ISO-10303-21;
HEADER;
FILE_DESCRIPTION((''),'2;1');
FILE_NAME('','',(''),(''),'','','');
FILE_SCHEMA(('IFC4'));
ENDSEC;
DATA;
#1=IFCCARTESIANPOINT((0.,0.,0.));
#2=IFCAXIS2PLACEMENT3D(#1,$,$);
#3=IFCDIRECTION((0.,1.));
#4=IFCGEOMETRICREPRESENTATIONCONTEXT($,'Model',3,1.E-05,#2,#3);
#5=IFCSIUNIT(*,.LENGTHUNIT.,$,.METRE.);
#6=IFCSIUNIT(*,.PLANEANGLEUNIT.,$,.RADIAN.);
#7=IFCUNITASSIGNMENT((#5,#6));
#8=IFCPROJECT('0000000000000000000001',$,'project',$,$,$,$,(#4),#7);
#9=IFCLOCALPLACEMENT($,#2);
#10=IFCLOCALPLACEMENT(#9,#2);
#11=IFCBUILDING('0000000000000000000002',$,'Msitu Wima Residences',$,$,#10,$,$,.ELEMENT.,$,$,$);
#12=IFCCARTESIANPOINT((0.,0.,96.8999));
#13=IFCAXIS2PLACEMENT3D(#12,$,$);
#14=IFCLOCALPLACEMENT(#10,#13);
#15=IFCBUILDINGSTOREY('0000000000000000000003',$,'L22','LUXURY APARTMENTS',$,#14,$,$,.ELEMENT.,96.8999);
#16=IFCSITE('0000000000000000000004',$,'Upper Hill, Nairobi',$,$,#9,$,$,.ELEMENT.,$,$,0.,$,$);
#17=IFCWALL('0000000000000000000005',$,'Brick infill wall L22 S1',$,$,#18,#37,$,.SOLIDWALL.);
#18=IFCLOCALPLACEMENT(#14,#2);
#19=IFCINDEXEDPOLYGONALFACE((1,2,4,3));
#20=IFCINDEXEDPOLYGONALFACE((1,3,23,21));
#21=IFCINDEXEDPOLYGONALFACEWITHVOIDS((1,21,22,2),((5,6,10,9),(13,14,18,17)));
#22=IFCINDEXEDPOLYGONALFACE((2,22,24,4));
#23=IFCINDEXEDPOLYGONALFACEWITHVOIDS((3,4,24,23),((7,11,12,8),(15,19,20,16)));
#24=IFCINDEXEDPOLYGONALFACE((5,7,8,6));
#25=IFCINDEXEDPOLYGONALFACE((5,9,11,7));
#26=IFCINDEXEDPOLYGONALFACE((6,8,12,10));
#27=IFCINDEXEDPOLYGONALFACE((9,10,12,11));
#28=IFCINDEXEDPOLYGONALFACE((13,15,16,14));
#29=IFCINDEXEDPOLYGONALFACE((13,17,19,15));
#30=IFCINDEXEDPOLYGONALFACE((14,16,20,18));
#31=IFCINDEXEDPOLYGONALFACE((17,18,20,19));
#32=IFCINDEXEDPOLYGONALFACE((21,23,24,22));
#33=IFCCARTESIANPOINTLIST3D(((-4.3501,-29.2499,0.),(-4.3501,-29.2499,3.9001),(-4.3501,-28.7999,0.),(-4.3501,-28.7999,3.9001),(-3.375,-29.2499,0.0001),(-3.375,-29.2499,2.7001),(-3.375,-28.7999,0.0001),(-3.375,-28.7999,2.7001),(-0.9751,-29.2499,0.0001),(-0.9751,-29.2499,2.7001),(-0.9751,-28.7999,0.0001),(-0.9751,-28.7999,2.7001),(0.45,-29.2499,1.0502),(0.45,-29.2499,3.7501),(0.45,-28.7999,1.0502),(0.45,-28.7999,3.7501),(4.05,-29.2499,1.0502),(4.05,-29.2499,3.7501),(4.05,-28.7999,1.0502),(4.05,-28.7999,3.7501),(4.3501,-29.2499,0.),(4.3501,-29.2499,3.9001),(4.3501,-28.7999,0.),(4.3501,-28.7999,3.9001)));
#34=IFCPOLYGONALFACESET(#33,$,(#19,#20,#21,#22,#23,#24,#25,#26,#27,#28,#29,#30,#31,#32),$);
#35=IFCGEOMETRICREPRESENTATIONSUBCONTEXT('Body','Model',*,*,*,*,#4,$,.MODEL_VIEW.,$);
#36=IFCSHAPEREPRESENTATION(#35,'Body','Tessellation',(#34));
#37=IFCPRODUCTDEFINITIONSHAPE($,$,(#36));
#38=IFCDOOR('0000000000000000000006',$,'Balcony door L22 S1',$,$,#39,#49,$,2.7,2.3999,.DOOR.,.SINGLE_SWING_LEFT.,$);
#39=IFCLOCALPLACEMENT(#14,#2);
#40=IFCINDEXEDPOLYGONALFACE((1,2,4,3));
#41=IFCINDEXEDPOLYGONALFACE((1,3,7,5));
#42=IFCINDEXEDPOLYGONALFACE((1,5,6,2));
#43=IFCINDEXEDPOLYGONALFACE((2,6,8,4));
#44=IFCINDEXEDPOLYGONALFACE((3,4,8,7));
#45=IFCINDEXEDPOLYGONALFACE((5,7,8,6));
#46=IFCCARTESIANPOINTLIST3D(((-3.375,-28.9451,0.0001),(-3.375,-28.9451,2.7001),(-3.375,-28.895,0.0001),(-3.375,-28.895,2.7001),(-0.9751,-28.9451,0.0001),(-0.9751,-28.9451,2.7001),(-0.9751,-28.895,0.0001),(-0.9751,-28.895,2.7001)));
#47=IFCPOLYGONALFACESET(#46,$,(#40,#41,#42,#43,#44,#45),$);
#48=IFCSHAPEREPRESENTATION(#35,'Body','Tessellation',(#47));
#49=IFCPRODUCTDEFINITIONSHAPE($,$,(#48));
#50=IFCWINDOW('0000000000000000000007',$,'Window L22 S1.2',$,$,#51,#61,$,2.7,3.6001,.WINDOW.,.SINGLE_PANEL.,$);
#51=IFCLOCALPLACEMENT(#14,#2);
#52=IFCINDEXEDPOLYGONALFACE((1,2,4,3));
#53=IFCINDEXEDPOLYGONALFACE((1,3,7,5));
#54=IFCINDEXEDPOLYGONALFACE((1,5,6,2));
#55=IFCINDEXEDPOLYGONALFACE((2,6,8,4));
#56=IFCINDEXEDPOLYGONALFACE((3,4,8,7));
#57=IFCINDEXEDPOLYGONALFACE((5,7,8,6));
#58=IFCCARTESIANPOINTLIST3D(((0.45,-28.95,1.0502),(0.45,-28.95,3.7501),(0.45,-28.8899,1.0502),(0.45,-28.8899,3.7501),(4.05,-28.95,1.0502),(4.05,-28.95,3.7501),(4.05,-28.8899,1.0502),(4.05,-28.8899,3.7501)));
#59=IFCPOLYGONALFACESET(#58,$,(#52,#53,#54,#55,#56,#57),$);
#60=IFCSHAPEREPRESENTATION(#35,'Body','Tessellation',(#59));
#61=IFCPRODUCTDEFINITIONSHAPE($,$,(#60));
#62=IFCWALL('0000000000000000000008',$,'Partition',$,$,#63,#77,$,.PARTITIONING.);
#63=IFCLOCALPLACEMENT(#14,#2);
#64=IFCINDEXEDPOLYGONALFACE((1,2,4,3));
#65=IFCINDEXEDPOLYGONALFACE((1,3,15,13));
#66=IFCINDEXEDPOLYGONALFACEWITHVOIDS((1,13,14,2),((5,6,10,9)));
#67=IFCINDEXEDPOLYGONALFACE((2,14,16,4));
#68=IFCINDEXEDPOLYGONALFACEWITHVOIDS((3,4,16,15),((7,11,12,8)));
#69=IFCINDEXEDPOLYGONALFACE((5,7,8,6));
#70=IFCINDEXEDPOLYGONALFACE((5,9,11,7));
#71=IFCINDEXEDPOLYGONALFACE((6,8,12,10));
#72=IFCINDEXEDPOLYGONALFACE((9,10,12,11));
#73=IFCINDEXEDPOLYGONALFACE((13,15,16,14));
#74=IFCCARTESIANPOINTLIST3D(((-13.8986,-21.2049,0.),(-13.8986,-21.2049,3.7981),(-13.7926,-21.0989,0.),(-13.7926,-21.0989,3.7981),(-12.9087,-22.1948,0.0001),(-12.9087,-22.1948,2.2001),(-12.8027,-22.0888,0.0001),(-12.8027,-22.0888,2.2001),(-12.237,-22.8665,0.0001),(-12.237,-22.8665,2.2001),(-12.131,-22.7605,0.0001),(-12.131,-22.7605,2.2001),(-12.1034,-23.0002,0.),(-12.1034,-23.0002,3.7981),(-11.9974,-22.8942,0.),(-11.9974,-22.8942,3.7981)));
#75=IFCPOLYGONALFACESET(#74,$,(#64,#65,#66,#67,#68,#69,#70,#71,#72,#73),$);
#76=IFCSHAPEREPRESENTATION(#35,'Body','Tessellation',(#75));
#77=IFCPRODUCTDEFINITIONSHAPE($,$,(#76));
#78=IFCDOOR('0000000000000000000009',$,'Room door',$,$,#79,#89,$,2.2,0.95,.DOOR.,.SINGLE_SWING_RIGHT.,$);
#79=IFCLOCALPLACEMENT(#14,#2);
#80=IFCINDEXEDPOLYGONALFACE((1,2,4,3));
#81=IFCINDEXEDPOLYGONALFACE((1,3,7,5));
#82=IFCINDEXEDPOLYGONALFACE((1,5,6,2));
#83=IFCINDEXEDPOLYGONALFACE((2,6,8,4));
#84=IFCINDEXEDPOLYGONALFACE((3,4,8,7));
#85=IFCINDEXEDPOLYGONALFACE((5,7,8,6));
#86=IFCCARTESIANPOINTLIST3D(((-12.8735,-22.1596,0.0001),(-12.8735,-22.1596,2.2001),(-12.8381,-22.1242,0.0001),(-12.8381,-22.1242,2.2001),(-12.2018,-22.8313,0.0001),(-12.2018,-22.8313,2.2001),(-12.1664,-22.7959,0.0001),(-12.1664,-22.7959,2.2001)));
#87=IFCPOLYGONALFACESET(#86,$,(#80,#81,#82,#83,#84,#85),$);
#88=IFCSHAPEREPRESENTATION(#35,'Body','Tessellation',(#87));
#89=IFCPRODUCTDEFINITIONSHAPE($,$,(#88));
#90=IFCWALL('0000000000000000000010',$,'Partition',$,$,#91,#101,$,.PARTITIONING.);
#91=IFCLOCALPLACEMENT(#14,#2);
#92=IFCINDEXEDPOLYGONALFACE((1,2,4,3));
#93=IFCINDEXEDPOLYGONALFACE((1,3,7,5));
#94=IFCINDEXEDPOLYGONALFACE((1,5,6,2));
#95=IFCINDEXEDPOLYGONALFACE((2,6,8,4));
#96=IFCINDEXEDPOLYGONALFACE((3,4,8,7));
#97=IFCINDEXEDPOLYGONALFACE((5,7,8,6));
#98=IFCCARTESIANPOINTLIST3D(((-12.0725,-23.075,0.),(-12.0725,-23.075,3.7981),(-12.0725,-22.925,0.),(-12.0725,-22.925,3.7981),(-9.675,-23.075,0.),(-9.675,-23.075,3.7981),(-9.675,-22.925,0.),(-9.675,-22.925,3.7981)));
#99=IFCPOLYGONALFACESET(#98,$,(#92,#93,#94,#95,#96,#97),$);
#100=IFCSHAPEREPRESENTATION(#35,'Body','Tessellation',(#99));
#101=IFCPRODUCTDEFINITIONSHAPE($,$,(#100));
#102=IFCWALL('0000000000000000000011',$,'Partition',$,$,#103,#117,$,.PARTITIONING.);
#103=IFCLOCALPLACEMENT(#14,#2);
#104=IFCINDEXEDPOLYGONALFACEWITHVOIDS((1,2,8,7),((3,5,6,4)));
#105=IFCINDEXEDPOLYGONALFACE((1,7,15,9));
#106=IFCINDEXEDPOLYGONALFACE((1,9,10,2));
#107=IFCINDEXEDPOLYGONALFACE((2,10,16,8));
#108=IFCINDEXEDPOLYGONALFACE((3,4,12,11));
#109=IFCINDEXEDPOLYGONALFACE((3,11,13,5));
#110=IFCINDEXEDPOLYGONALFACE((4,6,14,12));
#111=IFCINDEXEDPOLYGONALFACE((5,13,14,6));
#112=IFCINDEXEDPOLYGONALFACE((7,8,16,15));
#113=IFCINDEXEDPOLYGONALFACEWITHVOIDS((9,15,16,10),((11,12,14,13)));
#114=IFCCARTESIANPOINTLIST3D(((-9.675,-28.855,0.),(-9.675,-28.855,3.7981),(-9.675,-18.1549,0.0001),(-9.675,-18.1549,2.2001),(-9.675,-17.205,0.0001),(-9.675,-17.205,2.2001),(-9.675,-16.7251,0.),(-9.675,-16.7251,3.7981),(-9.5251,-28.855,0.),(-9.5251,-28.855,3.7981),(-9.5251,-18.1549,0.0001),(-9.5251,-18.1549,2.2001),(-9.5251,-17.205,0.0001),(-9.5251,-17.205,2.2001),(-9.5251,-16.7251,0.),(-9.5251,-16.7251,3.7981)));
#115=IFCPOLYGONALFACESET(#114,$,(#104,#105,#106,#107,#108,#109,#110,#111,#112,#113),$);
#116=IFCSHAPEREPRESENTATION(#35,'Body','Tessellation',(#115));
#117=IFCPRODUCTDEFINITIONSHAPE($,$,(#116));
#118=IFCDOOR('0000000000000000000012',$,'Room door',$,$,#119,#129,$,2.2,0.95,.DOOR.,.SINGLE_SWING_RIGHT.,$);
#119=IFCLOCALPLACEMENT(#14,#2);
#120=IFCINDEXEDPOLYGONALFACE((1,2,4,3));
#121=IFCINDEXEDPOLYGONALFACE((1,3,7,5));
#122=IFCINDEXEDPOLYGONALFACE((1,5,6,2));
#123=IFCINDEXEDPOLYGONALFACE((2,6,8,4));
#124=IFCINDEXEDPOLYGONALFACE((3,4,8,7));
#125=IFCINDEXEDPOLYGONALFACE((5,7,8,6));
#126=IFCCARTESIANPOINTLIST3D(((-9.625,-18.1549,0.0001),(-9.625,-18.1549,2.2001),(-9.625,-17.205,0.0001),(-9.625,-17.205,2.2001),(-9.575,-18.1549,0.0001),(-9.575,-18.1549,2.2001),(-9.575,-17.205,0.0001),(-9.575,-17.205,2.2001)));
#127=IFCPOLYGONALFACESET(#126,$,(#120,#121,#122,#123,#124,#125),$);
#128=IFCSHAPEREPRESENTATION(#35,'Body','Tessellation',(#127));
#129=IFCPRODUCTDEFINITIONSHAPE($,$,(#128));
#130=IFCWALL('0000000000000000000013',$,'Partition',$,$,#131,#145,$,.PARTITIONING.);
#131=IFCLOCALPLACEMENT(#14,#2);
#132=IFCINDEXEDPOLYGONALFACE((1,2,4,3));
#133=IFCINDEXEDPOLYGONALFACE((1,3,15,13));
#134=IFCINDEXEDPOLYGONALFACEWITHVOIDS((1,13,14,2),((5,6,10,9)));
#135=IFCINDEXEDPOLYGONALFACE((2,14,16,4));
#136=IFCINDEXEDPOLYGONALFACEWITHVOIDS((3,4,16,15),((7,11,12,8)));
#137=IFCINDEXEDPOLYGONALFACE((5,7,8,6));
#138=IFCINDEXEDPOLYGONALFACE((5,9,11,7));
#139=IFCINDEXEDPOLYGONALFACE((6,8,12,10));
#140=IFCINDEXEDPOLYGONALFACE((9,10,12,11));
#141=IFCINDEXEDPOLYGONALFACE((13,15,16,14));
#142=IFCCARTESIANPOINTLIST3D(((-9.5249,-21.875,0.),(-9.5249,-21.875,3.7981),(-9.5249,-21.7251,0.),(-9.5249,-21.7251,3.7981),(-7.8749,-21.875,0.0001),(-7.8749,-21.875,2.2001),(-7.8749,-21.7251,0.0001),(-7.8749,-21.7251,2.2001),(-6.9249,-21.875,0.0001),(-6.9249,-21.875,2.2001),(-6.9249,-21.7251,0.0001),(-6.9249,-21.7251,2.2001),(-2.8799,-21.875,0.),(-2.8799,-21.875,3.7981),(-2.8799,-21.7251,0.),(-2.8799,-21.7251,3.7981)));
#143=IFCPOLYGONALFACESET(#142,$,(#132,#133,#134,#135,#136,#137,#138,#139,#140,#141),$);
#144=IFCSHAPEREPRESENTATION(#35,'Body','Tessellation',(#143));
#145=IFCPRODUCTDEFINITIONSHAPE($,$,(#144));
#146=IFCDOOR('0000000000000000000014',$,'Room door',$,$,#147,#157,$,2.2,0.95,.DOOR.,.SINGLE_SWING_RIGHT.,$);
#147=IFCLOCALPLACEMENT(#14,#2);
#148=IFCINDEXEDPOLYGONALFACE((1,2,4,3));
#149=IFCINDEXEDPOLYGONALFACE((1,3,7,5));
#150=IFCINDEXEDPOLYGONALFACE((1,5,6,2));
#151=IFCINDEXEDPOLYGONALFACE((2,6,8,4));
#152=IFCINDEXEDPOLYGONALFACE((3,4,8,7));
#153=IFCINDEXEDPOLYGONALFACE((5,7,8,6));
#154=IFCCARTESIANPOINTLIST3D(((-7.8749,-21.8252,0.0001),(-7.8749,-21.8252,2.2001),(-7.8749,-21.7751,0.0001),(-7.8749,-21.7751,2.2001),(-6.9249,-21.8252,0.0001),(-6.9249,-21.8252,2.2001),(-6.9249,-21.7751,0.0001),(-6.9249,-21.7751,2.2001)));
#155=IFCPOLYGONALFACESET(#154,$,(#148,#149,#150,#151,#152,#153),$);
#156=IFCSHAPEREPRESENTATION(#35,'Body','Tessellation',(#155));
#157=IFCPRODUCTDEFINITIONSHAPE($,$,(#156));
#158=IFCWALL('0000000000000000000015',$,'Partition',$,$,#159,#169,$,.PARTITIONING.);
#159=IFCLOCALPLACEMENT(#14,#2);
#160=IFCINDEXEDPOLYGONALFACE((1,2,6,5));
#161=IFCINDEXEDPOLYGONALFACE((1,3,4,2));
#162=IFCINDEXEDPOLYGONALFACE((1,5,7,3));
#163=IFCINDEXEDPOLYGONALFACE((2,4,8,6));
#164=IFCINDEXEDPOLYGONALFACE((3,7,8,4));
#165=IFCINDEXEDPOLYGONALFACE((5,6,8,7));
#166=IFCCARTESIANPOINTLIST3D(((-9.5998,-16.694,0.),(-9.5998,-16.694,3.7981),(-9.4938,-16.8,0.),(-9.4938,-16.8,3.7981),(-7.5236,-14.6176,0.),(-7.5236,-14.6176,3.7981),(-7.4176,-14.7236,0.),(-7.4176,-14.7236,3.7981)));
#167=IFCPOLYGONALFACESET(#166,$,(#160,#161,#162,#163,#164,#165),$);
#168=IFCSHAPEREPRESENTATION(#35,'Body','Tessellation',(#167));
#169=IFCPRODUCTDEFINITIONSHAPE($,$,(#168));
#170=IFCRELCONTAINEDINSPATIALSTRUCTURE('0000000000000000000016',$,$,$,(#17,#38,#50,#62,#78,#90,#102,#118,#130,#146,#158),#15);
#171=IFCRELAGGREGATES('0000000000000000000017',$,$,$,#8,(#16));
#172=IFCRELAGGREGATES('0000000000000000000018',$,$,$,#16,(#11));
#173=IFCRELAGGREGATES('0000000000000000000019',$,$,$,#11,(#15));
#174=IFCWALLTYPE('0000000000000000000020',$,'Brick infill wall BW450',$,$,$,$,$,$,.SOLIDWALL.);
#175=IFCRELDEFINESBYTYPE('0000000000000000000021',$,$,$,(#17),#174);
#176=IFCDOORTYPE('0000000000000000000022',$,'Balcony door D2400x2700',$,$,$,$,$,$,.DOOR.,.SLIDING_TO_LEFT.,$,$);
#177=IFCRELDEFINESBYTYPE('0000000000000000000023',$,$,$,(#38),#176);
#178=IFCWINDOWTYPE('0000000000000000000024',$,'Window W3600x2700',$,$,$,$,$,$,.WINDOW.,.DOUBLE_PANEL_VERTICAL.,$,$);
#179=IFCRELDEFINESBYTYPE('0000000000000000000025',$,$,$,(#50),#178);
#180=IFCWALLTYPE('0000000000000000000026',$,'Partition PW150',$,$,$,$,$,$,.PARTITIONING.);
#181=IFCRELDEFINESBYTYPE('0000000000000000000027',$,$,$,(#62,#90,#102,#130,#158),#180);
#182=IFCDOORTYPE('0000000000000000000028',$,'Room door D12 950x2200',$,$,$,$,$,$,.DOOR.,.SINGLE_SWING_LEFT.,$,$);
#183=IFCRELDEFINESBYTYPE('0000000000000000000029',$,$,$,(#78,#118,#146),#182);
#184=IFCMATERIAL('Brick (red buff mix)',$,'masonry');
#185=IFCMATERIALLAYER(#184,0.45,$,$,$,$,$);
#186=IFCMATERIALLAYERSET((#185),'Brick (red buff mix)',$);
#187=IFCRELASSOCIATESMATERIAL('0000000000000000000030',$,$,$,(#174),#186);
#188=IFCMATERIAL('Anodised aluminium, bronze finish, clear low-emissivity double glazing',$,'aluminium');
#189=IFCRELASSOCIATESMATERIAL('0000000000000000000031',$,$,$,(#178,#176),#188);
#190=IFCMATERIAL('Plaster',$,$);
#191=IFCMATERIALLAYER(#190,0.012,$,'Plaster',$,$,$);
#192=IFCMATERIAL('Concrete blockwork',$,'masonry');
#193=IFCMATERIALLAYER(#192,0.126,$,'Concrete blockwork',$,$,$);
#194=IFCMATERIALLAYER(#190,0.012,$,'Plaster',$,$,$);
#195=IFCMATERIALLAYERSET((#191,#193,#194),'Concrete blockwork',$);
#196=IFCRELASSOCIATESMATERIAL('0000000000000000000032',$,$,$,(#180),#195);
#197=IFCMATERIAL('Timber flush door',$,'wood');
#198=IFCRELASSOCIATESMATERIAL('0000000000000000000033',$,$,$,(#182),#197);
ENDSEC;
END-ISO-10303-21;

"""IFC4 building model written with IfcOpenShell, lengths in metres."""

from ifc_helpers import new_model, si_unit, direction, frame, frame_2d, origin, place, context, subcontext, project, spatial, rectangle, extrude, material, layer, layer_set, type_object, element, fill, save


model = new_model("IFC4")

# Units and contexts
model_context = context("Model", 3, precision=1e-05, world=origin(), true_north=direction((0.0, 1.0)))
body_context = subcontext(model_context, "Body", "Model", "MODEL_VIEW")
ifc_project = project(units=[si_unit("LENGTHUNIT", "METRE"), si_unit("PLANEANGLEUNIT", "RADIAN")], contexts=[model_context])

# Site, building, storey
site_placement = place(None, origin())
site = spatial("IfcSite", under=ifc_project, at=site_placement, Name="Upper Hill, Nairobi", CompositionType="ELEMENT", RefElevation=0.0)
building_placement = place(site_placement, origin())
building = spatial("IfcBuilding", under=site, at=building_placement, Name="Msitu Wima Residences", CompositionType="ELEMENT")
storey_placement = place(building_placement, frame((0.0, 0.0, 96.8999)))
storey = spatial("IfcBuildingStorey", under=building, at=storey_placement, Name="L22", Description="LUXURY APARTMENTS", CompositionType="ELEMENT", Elevation=96.8999)

# Shared definitions
ifc_material_1 = material(Name="Brick (red buff mix)", Category="masonry")
ifc_layer_1 = layer(ifc_material_1, 0.45)
ifc_layer_set_1 = layer_set([ifc_layer_1], Name="Brick (red buff mix)")
wall_type_1 = type_object("IfcWallType", Name="Brick infill wall BW450", PredefinedType="SOLIDWALL", material=ifc_layer_set_1)
ifc_material_2 = material(Name="Anodised aluminium, bronze finish, clear low-emissivity double glazing", Category="aluminium")
window_type = type_object("IfcWindowType", Name="Window W3600x2700", PartitioningType="DOUBLE_PANEL_VERTICAL", PredefinedType="WINDOW", material=ifc_material_2)

# Wall, openings, door, window
wall_1_placement = place(storey_placement, frame((-4.3501, -29.0249, 0.0), z_axis=(0.0, 0.0, 1.0), x_axis=(1.0, 0.0, 0.0)))
wall_1 = element("IfcWall", 1, at=wall_1_placement, inside=storey, type_object=wall_type_1, Name="Brick infill wall L22 S1", PredefinedType="SOLIDWALL", context=body_context, shape_type="SweptSolid", body=[
    extrude(rectangle(XDim=8.7002, YDim=0.45, at=frame_2d((4.3501, 0.0))), origin(), (0.0, 0.0, 1.0), 3.9001),
])
opening_1_placement = place(wall_1_placement, frame((0.9751, 0.0, 0.0)))
opening_1 = element("IfcOpeningElement", 2, at=opening_1_placement, cuts=wall_1, PredefinedType="OPENING", context=body_context, shape_type="SweptSolid", body=[
    extrude(rectangle(XDim=2.3999, YDim=2.7, at=frame_2d((1.2, 1.3501))), frame((0.0, 0.2349, 0.0), z_axis=(0.0, -1.0, 0.0), x_axis=(1.0, 0.0, 0.0)), (0.0, 0.0, 1.0), 0.47),
])
opening_2_placement = place(wall_1_placement, frame((4.8, 0.0, 1.05)))
opening_2 = element("IfcOpeningElement", 3, at=opening_2_placement, cuts=wall_1, PredefinedType="OPENING", context=body_context, shape_type="SweptSolid", body=[
    extrude(rectangle(XDim=3.6001, YDim=2.7, at=frame_2d((1.8, 1.3501))), frame((0.0, 0.2349, 0.0), z_axis=(0.0, -1.0, 0.0), x_axis=(1.0, 0.0, 0.0)), (0.0, 0.0, 1.0), 0.47),
])
door_type_1 = type_object("IfcDoorType", Name="Balcony door D2400x2700", OperationType="SLIDING_TO_LEFT", PredefinedType="DOOR", material=ifc_material_2)
door_1_placement = place(opening_1_placement, origin())
door_1 = element("IfcDoor", 4, at=door_1_placement, inside=storey, type_object=door_type_1, Name="Balcony door L22 S1", OperationType="SINGLE_SWING_LEFT", OverallHeight=2.7, OverallWidth=2.3999, PredefinedType="DOOR", context=body_context, shape_type="SweptSolid", body=[
    extrude(rectangle(XDim=2.3999, YDim=2.7, at=frame_2d((1.2, 1.3501))), frame((0.0, 0.1299, 0.0), z_axis=(0.0, -1.0, 0.0), x_axis=(1.0, 0.0, 0.0)), (0.0, 0.0, 1.0), 0.05),
])
fill(opening_1, door_1)
window_1_placement = place(opening_2_placement, origin())
window_1 = element("IfcWindow", 5, at=window_1_placement, inside=storey, type_object=window_type, Name="Window L22 S1.2", OverallHeight=2.7, OverallWidth=3.6001, PartitioningType="SINGLE_PANEL", PredefinedType="WINDOW", context=body_context, shape_type="SweptSolid", body=[
    extrude(rectangle(XDim=3.6001, YDim=2.7, at=frame_2d((1.8, 1.3501))), frame((0.0, 0.135, 0.0), z_axis=(0.0, -1.0, 0.0), x_axis=(1.0, 0.0, 0.0)), (0.0, 0.0, 1.0), 0.0601),
])
fill(opening_2, window_1)

# Wall, opening, door
ifc_material_3 = material(Name="Plaster")
ifc_layer_2 = layer(ifc_material_3, 0.012, Name="Plaster")
ifc_material_4 = material(Name="Concrete blockwork", Category="masonry")
ifc_layer_3 = layer(ifc_material_4, 0.126, Name="Concrete blockwork")
ifc_layer_4 = layer(ifc_material_3, 0.012, Name="Plaster")
ifc_layer_set_2 = layer_set([ifc_layer_2, ifc_layer_3, ifc_layer_4], Name="Concrete blockwork")
wall_type_2 = type_object("IfcWallType", Name="Partition PW150", PredefinedType="PARTITIONING", material=ifc_layer_set_2)
wall_2_placement = place(storey_placement, frame((-13.8457, -21.1519, 0.0), z_axis=(0.0, 0.0, 1.0), x_axis=(0.707107, -0.707107, 0.0)))
wall_2 = element("IfcWall", 6, at=wall_2_placement, inside=storey, type_object=wall_type_2, Name="Partition", PredefinedType="PARTITIONING", context=body_context, shape_type="SweptSolid", body=[
    extrude(rectangle(XDim=2.5388, YDim=0.1499, at=frame_2d((1.2695, 0.0))), origin(), (0.0, 0.0, 1.0), 3.7981),
])
opening_3_placement = place(wall_2_placement, frame((1.3999, 0.0, 0.0)))
opening_3 = element("IfcOpeningElement", 7, at=opening_3_placement, cuts=wall_2, PredefinedType="OPENING", context=body_context, shape_type="SweptSolid", body=[
    extrude(rectangle(XDim=0.95, YDim=2.2, at=frame_2d((0.4751, 1.1001))), frame((0.0, 0.085, 0.0), z_axis=(0.0, -1.0, 0.0), x_axis=(1.0, 0.0, 0.0)), (0.0, 0.0, 1.0), 0.1699),
])
ifc_material_5 = material(Name="Timber flush door", Category="wood")
door_type_2 = type_object("IfcDoorType", Name="Room door D12 950x2200", OperationType="SINGLE_SWING_LEFT", PredefinedType="DOOR", material=ifc_material_5)
door_2_placement = place(opening_3_placement, origin())
door_2 = element("IfcDoor", 8, at=door_2_placement, inside=storey, type_object=door_type_2, Name="Room door", OperationType="SINGLE_SWING_RIGHT", OverallHeight=2.2, OverallWidth=0.95, PredefinedType="DOOR", context=body_context, shape_type="SweptSolid", body=[
    extrude(rectangle(XDim=0.95, YDim=2.2, at=frame_2d((0.4751, 1.1001))), frame((0.0, 0.0249, 0.0), z_axis=(0.0, -1.0, 0.0), x_axis=(1.0, 0.0, 0.0)), (0.0, 0.0, 1.0), 0.05),
])
fill(opening_3, door_2)

# Wall
wall_3_placement = place(storey_placement, frame((-12.0725, -23.0, 0.0), z_axis=(0.0, 0.0, 1.0), x_axis=(1.0, 0.0, 0.0)))
element("IfcWall", 9, at=wall_3_placement, inside=storey, type_object=wall_type_2, Name="Partition", PredefinedType="PARTITIONING", context=body_context, shape_type="SweptSolid", body=[
    extrude(rectangle(XDim=2.3975, YDim=0.1499, at=frame_2d((1.1987, 0.0))), origin(), (0.0, 0.0, 1.0), 3.7981),
])

# Walls, openings, doors
wall_4_placement = place(storey_placement, frame((-9.6001, -28.855, 0.0), z_axis=(0.0, 0.0, 1.0), x_axis=(0.0, 1.0, 0.0)))
wall_4 = element("IfcWall", 10, at=wall_4_placement, inside=storey, type_object=wall_type_2, Name="Partition", PredefinedType="PARTITIONING", context=body_context, shape_type="SweptSolid", body=[
    extrude(rectangle(XDim=12.1299, YDim=0.1499, at=frame_2d((6.0649, 0.0))), origin(), (0.0, 0.0, 1.0), 3.7981),
])
opening_4_placement = place(wall_4_placement, frame((10.7, 0.0, 0.0)))
opening_4 = element("IfcOpeningElement", 11, at=opening_4_placement, cuts=wall_4, PredefinedType="OPENING", context=body_context, shape_type="SweptSolid", body=[
    extrude(rectangle(XDim=0.95, YDim=2.2, at=frame_2d((0.4751, 1.1001))), frame((0.0, 0.085, 0.0), z_axis=(0.0, -1.0, 0.0), x_axis=(1.0, 0.0, 0.0)), (0.0, 0.0, 1.0), 0.1699),
])
door_3_placement = place(opening_4_placement, origin())
door_3 = element("IfcDoor", 12, at=door_3_placement, inside=storey, type_object=door_type_2, Name="Room door", OperationType="SINGLE_SWING_RIGHT", OverallHeight=2.2, OverallWidth=0.95, PredefinedType="DOOR", context=body_context, shape_type="SweptSolid", body=[
    extrude(rectangle(XDim=0.95, YDim=2.2, at=frame_2d((0.4751, 1.1001))), frame((0.0, 0.0249, 0.0), z_axis=(0.0, -1.0, 0.0), x_axis=(1.0, 0.0, 0.0)), (0.0, 0.0, 1.0), 0.05),
])
fill(opening_4, door_3)
wall_5_placement = place(storey_placement, frame((-9.5249, -21.8, 0.0), z_axis=(0.0, 0.0, 1.0), x_axis=(1.0, 0.0, 0.0)))
wall_5 = element("IfcWall", 13, at=wall_5_placement, inside=storey, type_object=wall_type_2, Name="Partition", PredefinedType="PARTITIONING", context=body_context, shape_type="SweptSolid", body=[
    extrude(rectangle(XDim=6.645, YDim=0.1499, at=frame_2d((3.3225, 0.0))), origin(), (0.0, 0.0, 1.0), 3.7981),
])
opening_5_placement = place(wall_5_placement, frame((1.6499, 0.0, 0.0)))
opening_5 = element("IfcOpeningElement", 14, at=opening_5_placement, cuts=wall_5, PredefinedType="OPENING", context=body_context, shape_type="SweptSolid", body=[
    extrude(rectangle(XDim=0.95, YDim=2.2, at=frame_2d((0.4751, 1.1001))), frame((0.0, 0.085, 0.0), z_axis=(0.0, -1.0, 0.0), x_axis=(1.0, 0.0, 0.0)), (0.0, 0.0, 1.0), 0.1699),
])
door_4_placement = place(opening_5_placement, origin())
door_4 = element("IfcDoor", 15, at=door_4_placement, inside=storey, type_object=door_type_2, Name="Room door", OperationType="SINGLE_SWING_RIGHT", OverallHeight=2.2, OverallWidth=0.95, PredefinedType="DOOR", context=body_context, shape_type="SweptSolid", body=[
    extrude(rectangle(XDim=0.95, YDim=2.2, at=frame_2d((0.4751, 1.1001))), frame((0.0, 0.0249, 0.0), z_axis=(0.0, -1.0, 0.0), x_axis=(1.0, 0.0, 0.0)), (0.0, 0.0, 1.0), 0.05),
])
fill(opening_5, door_4)

# Wall
wall_6_placement = place(storey_placement, frame((-9.5469, -16.7471, 0.0), z_axis=(0.0, 0.0, 1.0), x_axis=(0.707065, 0.707148, 0.0)))
element("IfcWall", 16, at=wall_6_placement, inside=storey, type_object=wall_type_2, Name="Partition", PredefinedType="PARTITIONING", context=body_context, shape_type="SweptSolid", body=[
    extrude(rectangle(XDim=2.9363, YDim=0.1499, at=frame_2d((1.4683, 0.0))), origin(), (0.0, 0.0, 1.0), 3.7981),
])

save(model, "model.ifc")
